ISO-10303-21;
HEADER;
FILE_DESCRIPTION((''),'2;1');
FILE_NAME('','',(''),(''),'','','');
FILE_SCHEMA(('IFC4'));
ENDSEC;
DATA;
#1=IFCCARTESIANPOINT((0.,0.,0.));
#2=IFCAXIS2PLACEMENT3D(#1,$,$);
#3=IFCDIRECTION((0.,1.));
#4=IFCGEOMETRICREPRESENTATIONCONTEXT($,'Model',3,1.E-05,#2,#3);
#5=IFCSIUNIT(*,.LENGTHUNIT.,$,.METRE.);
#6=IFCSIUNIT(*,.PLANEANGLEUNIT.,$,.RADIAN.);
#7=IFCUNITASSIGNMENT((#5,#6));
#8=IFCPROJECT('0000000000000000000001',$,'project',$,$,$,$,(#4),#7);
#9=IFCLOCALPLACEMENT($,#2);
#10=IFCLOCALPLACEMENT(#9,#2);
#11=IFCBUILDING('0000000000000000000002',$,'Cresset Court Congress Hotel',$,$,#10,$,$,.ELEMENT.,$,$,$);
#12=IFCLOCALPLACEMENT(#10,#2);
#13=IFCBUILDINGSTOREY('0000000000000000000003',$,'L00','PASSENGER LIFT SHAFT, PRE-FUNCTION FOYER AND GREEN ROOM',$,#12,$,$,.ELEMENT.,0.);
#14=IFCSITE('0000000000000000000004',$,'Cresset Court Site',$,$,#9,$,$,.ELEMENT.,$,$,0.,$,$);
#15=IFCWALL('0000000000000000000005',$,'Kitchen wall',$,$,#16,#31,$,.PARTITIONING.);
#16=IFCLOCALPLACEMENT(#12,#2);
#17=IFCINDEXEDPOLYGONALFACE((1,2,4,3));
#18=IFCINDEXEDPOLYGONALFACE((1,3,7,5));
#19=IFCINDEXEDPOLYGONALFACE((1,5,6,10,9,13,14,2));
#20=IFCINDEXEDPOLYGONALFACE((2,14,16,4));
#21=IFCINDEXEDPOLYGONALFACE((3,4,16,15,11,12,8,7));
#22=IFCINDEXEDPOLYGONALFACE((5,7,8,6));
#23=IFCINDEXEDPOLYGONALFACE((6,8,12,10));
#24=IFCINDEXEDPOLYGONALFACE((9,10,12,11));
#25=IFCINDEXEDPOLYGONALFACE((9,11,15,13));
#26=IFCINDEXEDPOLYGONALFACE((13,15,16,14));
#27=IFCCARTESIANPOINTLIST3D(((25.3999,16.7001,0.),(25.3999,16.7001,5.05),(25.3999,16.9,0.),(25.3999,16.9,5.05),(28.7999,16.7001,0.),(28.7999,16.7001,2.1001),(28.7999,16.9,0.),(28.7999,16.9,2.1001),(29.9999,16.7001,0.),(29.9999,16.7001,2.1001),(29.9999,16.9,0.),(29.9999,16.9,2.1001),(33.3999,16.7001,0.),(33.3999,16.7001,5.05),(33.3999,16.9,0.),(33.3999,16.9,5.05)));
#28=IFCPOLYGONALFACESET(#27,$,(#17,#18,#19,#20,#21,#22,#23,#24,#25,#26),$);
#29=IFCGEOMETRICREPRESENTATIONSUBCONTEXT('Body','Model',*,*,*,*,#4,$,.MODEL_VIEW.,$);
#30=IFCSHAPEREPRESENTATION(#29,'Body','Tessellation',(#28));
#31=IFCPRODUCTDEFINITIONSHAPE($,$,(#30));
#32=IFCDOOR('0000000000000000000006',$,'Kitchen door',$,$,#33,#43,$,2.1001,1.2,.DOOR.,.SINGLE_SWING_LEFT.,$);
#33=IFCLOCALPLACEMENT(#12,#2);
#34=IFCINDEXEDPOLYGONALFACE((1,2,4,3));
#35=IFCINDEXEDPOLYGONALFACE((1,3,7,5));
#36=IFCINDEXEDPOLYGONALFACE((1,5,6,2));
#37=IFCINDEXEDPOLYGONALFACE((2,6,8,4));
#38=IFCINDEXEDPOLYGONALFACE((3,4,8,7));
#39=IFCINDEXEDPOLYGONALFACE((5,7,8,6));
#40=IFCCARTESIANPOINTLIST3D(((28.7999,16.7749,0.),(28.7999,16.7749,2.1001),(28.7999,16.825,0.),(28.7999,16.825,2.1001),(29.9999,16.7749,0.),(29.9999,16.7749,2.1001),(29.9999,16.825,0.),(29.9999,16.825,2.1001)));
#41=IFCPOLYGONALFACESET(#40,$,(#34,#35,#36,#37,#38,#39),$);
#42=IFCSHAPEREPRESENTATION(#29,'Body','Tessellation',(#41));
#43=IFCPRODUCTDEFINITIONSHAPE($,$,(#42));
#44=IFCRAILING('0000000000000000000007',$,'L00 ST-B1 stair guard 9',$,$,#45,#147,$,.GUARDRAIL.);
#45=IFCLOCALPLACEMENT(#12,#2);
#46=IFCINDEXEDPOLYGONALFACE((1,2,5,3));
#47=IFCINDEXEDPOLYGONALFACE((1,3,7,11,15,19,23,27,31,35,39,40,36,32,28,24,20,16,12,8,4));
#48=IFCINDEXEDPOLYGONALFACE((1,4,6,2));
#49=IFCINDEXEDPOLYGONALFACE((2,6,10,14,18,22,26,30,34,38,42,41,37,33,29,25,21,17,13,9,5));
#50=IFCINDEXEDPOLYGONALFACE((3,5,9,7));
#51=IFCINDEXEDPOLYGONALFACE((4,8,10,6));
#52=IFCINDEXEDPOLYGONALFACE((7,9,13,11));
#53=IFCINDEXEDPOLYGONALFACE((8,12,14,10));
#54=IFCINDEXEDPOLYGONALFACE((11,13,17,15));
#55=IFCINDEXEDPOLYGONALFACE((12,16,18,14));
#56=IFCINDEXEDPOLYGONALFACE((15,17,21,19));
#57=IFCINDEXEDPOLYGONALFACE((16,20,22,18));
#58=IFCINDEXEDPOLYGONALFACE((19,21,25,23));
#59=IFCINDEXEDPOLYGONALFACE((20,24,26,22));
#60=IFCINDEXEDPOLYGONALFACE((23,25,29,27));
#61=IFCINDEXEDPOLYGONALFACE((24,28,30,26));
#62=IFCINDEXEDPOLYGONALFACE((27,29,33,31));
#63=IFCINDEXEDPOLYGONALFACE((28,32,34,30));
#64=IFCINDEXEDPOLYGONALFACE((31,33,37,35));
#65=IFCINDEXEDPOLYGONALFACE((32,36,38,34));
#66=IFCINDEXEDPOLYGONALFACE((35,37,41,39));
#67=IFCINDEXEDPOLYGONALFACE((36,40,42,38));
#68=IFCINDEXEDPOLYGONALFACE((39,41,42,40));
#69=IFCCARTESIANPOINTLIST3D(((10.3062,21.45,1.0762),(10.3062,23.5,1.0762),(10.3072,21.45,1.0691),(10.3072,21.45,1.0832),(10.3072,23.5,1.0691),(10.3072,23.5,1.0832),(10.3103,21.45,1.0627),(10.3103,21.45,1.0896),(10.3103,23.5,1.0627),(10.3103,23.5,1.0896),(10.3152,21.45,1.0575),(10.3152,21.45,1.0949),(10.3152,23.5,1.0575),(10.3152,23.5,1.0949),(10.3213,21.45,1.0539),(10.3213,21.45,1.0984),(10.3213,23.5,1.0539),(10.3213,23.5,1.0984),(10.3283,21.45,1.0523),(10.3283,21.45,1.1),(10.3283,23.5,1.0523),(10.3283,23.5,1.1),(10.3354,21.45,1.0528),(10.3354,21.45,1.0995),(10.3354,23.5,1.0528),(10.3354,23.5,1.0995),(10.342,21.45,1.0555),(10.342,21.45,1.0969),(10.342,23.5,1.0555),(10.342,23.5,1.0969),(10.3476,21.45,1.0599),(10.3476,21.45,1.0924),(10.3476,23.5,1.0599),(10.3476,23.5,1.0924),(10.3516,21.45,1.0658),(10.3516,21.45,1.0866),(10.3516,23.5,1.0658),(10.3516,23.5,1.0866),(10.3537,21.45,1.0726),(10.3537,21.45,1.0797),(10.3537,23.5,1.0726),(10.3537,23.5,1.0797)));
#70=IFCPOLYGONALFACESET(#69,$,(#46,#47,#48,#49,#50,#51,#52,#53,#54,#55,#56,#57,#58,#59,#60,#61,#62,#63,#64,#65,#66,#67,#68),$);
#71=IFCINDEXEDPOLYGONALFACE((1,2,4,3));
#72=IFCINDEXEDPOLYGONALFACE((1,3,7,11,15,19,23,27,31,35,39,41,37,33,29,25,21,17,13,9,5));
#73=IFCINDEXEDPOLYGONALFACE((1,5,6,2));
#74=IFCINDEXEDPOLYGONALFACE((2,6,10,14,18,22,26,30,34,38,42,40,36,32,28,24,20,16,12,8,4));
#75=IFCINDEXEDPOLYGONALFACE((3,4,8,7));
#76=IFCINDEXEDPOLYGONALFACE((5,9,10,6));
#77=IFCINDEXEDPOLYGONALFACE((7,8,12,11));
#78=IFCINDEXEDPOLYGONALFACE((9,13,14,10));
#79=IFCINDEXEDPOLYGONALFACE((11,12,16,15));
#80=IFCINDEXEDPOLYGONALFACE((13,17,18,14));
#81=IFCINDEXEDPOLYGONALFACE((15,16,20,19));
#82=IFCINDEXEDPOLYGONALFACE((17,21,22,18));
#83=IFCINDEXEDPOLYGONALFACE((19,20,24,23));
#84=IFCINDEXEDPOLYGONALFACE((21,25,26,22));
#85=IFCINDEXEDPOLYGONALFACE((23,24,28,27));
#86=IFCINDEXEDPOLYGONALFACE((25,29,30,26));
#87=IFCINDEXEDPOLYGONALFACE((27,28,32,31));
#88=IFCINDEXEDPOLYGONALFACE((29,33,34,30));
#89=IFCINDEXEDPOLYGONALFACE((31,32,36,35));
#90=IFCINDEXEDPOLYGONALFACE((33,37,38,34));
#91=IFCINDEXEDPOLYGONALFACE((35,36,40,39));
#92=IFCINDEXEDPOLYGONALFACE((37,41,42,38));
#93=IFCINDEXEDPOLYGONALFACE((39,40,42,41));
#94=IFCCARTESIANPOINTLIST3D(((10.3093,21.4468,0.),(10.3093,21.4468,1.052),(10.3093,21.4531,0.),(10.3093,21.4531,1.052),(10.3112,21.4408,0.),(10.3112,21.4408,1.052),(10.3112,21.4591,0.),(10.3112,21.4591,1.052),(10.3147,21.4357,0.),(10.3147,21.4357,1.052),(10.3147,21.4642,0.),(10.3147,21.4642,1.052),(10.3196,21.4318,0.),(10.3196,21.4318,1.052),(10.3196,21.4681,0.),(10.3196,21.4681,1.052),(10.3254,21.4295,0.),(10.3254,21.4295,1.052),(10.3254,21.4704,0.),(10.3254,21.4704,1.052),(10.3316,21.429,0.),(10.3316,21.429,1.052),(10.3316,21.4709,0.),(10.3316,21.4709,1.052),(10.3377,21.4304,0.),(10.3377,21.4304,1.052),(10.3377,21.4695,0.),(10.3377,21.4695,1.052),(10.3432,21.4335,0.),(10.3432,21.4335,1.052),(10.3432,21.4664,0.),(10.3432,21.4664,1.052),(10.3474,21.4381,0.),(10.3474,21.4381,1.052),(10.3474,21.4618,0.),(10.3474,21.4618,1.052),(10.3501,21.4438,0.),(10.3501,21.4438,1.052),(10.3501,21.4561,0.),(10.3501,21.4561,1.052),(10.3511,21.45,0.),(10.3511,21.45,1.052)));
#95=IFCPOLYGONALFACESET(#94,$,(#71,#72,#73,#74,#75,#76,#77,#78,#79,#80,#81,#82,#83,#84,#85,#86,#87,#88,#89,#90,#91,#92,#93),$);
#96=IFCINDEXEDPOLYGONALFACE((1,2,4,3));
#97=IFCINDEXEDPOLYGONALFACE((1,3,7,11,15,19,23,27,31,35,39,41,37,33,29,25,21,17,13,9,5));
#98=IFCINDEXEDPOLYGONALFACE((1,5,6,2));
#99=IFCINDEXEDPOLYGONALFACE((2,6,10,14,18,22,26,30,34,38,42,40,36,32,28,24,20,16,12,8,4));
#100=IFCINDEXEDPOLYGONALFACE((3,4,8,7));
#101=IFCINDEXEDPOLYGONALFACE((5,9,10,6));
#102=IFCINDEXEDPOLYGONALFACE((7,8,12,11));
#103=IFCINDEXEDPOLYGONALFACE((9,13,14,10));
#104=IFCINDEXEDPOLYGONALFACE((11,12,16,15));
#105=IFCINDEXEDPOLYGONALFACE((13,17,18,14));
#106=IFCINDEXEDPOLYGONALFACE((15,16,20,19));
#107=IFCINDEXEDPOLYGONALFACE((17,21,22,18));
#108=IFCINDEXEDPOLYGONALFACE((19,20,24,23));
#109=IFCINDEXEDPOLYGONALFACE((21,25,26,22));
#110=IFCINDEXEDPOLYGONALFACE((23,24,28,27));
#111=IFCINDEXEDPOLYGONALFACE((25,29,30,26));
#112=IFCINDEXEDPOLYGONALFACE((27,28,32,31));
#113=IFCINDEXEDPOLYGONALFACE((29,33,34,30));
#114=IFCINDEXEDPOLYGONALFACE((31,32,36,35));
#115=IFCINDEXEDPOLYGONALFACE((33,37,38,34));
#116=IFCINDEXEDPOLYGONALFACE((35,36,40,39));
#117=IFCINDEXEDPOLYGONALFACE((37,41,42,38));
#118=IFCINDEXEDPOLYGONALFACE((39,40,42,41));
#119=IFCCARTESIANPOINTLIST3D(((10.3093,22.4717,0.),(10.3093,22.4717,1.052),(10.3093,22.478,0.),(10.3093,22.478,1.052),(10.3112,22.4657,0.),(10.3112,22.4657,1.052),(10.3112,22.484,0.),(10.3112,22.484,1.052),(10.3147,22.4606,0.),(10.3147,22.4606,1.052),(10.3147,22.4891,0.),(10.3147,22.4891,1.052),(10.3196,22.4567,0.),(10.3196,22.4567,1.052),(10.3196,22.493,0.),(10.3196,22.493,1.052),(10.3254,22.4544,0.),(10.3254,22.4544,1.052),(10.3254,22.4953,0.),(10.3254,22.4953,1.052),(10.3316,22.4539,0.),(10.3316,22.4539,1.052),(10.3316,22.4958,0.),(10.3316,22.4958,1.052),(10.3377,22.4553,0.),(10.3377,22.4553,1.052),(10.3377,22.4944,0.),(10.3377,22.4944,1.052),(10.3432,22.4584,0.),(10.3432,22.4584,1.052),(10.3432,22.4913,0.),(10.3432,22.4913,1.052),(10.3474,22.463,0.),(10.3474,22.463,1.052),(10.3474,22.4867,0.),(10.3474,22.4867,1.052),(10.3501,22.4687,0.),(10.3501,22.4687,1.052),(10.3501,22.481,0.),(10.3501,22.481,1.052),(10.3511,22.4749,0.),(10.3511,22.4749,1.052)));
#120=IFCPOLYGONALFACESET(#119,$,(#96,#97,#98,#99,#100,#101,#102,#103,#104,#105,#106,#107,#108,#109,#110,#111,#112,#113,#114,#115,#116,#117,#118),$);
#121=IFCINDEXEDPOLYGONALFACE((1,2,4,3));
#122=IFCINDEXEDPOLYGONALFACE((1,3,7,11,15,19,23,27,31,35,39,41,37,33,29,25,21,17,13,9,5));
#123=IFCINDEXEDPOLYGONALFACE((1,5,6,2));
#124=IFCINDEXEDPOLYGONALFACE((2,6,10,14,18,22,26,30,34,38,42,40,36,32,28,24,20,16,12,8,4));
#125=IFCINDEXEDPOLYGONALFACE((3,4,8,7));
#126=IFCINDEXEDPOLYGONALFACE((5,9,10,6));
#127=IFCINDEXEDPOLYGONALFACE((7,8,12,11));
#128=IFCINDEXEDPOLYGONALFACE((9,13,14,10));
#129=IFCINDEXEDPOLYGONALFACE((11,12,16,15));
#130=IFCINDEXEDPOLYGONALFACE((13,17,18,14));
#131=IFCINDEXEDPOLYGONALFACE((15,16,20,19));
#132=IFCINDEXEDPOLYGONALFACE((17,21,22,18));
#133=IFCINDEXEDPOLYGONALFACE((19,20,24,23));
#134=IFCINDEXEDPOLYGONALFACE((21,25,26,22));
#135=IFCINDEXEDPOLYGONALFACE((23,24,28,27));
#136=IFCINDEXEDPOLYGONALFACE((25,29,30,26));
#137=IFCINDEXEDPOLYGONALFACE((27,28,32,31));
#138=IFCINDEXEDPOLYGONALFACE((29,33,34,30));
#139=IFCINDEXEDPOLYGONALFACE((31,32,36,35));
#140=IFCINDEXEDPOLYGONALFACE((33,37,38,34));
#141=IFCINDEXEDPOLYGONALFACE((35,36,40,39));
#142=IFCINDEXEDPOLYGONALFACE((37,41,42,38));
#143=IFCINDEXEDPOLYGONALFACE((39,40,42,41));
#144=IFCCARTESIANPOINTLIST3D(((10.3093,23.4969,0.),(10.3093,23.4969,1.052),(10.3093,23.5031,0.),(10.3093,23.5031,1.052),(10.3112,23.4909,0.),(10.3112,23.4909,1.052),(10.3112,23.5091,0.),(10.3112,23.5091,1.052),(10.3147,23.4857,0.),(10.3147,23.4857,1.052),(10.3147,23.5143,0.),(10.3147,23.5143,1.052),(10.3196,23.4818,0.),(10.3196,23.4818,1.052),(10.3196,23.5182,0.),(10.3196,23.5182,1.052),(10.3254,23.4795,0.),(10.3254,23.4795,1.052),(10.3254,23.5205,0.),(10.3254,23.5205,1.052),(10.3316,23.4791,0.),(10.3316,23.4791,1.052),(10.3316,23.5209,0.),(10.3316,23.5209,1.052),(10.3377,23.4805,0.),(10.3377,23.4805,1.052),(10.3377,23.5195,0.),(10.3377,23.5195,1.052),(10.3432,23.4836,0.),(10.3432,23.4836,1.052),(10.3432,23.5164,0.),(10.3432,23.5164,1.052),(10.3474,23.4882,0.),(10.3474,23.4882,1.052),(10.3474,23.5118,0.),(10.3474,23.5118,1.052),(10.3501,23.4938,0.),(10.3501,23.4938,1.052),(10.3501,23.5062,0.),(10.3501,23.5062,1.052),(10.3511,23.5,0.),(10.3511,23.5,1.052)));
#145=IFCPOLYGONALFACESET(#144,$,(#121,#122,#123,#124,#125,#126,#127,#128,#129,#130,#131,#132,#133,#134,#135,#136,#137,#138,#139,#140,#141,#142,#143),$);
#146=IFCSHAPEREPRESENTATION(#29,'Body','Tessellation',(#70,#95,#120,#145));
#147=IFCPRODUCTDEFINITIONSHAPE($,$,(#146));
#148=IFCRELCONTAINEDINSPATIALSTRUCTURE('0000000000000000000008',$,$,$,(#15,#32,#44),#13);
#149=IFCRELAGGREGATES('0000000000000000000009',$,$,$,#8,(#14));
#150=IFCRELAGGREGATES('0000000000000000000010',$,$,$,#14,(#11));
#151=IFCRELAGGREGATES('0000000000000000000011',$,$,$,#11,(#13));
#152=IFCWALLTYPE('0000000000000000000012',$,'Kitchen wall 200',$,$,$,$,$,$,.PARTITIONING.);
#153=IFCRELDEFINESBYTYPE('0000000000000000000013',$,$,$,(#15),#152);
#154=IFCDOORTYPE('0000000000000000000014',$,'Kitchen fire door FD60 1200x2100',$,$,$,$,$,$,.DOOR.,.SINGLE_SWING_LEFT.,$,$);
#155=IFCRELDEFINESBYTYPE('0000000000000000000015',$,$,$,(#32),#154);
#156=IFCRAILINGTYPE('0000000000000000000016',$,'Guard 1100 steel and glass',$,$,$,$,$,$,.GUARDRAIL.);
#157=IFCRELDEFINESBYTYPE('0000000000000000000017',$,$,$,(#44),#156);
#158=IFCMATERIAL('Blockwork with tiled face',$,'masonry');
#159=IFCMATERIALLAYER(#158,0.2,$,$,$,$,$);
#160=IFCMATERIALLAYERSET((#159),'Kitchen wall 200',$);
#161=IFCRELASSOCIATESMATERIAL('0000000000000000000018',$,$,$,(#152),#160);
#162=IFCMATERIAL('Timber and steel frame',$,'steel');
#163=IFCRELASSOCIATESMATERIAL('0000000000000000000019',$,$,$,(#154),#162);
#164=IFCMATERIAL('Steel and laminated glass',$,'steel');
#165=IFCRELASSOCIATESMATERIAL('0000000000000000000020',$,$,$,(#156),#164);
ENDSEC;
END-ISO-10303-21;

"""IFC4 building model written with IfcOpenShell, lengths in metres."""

from ifc_helpers import new_model, si_unit, direction, frame, frame_2d, origin, origin_2d, place, context, subcontext, project, spatial, rectangle, circle, extrude, material, layer, layer_set, type_object, element, fill, save


model = new_model("IFC4")

# Units and contexts
model_context = context("Model", 3, precision=1e-05, world=origin(), true_north=direction((0.0, 1.0)))
body_context = subcontext(model_context, "Body", "Model", "MODEL_VIEW")
ifc_project = project(units=[si_unit("LENGTHUNIT", "METRE"), si_unit("PLANEANGLEUNIT", "RADIAN")], contexts=[model_context])

# Site, building, storey
site_placement = place(None, origin())
site = spatial("IfcSite", under=ifc_project, at=site_placement, Name="Cresset Court Site", CompositionType="ELEMENT", RefElevation=0.0)
building_placement = place(site_placement, origin())
building = spatial("IfcBuilding", under=site, at=building_placement, Name="Cresset Court Congress Hotel", CompositionType="ELEMENT")
storey_placement = place(building_placement, origin())
storey = spatial("IfcBuildingStorey", under=building, at=storey_placement, Name="L00", Description="PASSENGER LIFT SHAFT, PRE-FUNCTION FOYER AND GREEN ROOM", CompositionType="ELEMENT", Elevation=0.0)

# Wall, opening, door
ifc_material_1 = material(Name="Blockwork with tiled face", Category="masonry")
ifc_layer_1 = layer(ifc_material_1, 0.2)
ifc_layer_set_1 = layer_set([ifc_layer_1], Name="Kitchen wall 200")
wall_type_1 = type_object("IfcWallType", Name="Kitchen wall 200", PredefinedType="PARTITIONING", material=ifc_layer_set_1)
ifc_material_2 = material(Name="Timber and steel frame", Category="steel")
door_type_1 = type_object("IfcDoorType", Name="Kitchen fire door FD60 1200x2100", OperationType="SINGLE_SWING_LEFT", PredefinedType="DOOR", material=ifc_material_2)
wall_1_placement = place(storey_placement, frame((25.3999, 16.8, 0.0), z_axis=(0.0, 0.0, 1.0), x_axis=(1.0, 0.0, 0.0)))
wall_1 = element("IfcWall", 1, at=wall_1_placement, inside=storey, type_object=wall_type_1, Name="Kitchen wall", PredefinedType="PARTITIONING", context=body_context, shape_type="SweptSolid", body=[
    extrude(rectangle(XDim=8.0, YDim=0.2, at=frame_2d((4.0, 0.0))), origin(), (0.0, 0.0, 1.0), 5.05),
])
opening_1_placement = place(wall_1_placement, frame((3.3999, 0.0, 0.0)))
opening_1 = element("IfcOpeningElement", 2, at=opening_1_placement, cuts=wall_1, PredefinedType="OPENING", context=body_context, shape_type="SweptSolid", body=[
    extrude(rectangle(XDim=1.2, YDim=2.1001, at=frame_2d((0.6001, 1.05))), frame((0.0, 0.1099, 0.0), z_axis=(0.0, -1.0, 0.0), x_axis=(1.0, 0.0, 0.0)), (0.0, 0.0, 1.0), 0.22),
])
door_1_placement = place(opening_1_placement, origin())
door_1 = element("IfcDoor", 3, at=door_1_placement, inside=storey, type_object=door_type_1, Name="Kitchen door", OperationType="SINGLE_SWING_LEFT", OverallHeight=2.1001, OverallWidth=1.2, PredefinedType="DOOR", context=body_context, shape_type="SweptSolid", body=[
    extrude(rectangle(XDim=1.2, YDim=2.1001, at=frame_2d((0.6001, 1.05))), frame((0.0, 0.0249, 0.0), z_axis=(0.0, -1.0, 0.0), x_axis=(1.0, 0.0, 0.0)), (0.0, 0.0, 1.0), 0.05),
])
fill(opening_1, door_1)

# Railing
ifc_material_3 = material(Name="Steel and laminated glass", Category="steel")
railing_type_1 = type_object("IfcRailingType", Name="Guard 1100 steel and glass", PredefinedType="GUARDRAIL", material=ifc_material_3)
railing_1_placement = place(storey_placement, frame((10.3301, 21.45, 0.0)))
element("IfcRailing", 4, at=railing_1_placement, inside=storey, type_object=railing_type_1, Name="L00 ST-B1 stair guard 9", PredefinedType="GUARDRAIL", context=body_context, shape_type="SweptSolid", body=[
    extrude(circle(Radius=0.0239, at=origin_2d()), frame((0.0, 0.0, 1.0762), z_axis=(0.0, 1.0, 0.0), x_axis=(-1.0, 0.0, 0.0)), (0.0, 0.0, 1.0), 2.05),
    extrude(circle(Radius=0.021, at=origin_2d()), origin(), (0.0, 0.0, 1.0), 1.052),
    extrude(circle(Radius=0.021, at=origin_2d()), frame((0.0, 1.0249, 0.0)), (0.0, 0.0, 1.0), 1.052),
    extrude(circle(Radius=0.021, at=origin_2d()), frame((0.0, 2.05, 0.0)), (0.0, 0.0, 1.0), 1.052),
])

save(model, "model.ifc")
